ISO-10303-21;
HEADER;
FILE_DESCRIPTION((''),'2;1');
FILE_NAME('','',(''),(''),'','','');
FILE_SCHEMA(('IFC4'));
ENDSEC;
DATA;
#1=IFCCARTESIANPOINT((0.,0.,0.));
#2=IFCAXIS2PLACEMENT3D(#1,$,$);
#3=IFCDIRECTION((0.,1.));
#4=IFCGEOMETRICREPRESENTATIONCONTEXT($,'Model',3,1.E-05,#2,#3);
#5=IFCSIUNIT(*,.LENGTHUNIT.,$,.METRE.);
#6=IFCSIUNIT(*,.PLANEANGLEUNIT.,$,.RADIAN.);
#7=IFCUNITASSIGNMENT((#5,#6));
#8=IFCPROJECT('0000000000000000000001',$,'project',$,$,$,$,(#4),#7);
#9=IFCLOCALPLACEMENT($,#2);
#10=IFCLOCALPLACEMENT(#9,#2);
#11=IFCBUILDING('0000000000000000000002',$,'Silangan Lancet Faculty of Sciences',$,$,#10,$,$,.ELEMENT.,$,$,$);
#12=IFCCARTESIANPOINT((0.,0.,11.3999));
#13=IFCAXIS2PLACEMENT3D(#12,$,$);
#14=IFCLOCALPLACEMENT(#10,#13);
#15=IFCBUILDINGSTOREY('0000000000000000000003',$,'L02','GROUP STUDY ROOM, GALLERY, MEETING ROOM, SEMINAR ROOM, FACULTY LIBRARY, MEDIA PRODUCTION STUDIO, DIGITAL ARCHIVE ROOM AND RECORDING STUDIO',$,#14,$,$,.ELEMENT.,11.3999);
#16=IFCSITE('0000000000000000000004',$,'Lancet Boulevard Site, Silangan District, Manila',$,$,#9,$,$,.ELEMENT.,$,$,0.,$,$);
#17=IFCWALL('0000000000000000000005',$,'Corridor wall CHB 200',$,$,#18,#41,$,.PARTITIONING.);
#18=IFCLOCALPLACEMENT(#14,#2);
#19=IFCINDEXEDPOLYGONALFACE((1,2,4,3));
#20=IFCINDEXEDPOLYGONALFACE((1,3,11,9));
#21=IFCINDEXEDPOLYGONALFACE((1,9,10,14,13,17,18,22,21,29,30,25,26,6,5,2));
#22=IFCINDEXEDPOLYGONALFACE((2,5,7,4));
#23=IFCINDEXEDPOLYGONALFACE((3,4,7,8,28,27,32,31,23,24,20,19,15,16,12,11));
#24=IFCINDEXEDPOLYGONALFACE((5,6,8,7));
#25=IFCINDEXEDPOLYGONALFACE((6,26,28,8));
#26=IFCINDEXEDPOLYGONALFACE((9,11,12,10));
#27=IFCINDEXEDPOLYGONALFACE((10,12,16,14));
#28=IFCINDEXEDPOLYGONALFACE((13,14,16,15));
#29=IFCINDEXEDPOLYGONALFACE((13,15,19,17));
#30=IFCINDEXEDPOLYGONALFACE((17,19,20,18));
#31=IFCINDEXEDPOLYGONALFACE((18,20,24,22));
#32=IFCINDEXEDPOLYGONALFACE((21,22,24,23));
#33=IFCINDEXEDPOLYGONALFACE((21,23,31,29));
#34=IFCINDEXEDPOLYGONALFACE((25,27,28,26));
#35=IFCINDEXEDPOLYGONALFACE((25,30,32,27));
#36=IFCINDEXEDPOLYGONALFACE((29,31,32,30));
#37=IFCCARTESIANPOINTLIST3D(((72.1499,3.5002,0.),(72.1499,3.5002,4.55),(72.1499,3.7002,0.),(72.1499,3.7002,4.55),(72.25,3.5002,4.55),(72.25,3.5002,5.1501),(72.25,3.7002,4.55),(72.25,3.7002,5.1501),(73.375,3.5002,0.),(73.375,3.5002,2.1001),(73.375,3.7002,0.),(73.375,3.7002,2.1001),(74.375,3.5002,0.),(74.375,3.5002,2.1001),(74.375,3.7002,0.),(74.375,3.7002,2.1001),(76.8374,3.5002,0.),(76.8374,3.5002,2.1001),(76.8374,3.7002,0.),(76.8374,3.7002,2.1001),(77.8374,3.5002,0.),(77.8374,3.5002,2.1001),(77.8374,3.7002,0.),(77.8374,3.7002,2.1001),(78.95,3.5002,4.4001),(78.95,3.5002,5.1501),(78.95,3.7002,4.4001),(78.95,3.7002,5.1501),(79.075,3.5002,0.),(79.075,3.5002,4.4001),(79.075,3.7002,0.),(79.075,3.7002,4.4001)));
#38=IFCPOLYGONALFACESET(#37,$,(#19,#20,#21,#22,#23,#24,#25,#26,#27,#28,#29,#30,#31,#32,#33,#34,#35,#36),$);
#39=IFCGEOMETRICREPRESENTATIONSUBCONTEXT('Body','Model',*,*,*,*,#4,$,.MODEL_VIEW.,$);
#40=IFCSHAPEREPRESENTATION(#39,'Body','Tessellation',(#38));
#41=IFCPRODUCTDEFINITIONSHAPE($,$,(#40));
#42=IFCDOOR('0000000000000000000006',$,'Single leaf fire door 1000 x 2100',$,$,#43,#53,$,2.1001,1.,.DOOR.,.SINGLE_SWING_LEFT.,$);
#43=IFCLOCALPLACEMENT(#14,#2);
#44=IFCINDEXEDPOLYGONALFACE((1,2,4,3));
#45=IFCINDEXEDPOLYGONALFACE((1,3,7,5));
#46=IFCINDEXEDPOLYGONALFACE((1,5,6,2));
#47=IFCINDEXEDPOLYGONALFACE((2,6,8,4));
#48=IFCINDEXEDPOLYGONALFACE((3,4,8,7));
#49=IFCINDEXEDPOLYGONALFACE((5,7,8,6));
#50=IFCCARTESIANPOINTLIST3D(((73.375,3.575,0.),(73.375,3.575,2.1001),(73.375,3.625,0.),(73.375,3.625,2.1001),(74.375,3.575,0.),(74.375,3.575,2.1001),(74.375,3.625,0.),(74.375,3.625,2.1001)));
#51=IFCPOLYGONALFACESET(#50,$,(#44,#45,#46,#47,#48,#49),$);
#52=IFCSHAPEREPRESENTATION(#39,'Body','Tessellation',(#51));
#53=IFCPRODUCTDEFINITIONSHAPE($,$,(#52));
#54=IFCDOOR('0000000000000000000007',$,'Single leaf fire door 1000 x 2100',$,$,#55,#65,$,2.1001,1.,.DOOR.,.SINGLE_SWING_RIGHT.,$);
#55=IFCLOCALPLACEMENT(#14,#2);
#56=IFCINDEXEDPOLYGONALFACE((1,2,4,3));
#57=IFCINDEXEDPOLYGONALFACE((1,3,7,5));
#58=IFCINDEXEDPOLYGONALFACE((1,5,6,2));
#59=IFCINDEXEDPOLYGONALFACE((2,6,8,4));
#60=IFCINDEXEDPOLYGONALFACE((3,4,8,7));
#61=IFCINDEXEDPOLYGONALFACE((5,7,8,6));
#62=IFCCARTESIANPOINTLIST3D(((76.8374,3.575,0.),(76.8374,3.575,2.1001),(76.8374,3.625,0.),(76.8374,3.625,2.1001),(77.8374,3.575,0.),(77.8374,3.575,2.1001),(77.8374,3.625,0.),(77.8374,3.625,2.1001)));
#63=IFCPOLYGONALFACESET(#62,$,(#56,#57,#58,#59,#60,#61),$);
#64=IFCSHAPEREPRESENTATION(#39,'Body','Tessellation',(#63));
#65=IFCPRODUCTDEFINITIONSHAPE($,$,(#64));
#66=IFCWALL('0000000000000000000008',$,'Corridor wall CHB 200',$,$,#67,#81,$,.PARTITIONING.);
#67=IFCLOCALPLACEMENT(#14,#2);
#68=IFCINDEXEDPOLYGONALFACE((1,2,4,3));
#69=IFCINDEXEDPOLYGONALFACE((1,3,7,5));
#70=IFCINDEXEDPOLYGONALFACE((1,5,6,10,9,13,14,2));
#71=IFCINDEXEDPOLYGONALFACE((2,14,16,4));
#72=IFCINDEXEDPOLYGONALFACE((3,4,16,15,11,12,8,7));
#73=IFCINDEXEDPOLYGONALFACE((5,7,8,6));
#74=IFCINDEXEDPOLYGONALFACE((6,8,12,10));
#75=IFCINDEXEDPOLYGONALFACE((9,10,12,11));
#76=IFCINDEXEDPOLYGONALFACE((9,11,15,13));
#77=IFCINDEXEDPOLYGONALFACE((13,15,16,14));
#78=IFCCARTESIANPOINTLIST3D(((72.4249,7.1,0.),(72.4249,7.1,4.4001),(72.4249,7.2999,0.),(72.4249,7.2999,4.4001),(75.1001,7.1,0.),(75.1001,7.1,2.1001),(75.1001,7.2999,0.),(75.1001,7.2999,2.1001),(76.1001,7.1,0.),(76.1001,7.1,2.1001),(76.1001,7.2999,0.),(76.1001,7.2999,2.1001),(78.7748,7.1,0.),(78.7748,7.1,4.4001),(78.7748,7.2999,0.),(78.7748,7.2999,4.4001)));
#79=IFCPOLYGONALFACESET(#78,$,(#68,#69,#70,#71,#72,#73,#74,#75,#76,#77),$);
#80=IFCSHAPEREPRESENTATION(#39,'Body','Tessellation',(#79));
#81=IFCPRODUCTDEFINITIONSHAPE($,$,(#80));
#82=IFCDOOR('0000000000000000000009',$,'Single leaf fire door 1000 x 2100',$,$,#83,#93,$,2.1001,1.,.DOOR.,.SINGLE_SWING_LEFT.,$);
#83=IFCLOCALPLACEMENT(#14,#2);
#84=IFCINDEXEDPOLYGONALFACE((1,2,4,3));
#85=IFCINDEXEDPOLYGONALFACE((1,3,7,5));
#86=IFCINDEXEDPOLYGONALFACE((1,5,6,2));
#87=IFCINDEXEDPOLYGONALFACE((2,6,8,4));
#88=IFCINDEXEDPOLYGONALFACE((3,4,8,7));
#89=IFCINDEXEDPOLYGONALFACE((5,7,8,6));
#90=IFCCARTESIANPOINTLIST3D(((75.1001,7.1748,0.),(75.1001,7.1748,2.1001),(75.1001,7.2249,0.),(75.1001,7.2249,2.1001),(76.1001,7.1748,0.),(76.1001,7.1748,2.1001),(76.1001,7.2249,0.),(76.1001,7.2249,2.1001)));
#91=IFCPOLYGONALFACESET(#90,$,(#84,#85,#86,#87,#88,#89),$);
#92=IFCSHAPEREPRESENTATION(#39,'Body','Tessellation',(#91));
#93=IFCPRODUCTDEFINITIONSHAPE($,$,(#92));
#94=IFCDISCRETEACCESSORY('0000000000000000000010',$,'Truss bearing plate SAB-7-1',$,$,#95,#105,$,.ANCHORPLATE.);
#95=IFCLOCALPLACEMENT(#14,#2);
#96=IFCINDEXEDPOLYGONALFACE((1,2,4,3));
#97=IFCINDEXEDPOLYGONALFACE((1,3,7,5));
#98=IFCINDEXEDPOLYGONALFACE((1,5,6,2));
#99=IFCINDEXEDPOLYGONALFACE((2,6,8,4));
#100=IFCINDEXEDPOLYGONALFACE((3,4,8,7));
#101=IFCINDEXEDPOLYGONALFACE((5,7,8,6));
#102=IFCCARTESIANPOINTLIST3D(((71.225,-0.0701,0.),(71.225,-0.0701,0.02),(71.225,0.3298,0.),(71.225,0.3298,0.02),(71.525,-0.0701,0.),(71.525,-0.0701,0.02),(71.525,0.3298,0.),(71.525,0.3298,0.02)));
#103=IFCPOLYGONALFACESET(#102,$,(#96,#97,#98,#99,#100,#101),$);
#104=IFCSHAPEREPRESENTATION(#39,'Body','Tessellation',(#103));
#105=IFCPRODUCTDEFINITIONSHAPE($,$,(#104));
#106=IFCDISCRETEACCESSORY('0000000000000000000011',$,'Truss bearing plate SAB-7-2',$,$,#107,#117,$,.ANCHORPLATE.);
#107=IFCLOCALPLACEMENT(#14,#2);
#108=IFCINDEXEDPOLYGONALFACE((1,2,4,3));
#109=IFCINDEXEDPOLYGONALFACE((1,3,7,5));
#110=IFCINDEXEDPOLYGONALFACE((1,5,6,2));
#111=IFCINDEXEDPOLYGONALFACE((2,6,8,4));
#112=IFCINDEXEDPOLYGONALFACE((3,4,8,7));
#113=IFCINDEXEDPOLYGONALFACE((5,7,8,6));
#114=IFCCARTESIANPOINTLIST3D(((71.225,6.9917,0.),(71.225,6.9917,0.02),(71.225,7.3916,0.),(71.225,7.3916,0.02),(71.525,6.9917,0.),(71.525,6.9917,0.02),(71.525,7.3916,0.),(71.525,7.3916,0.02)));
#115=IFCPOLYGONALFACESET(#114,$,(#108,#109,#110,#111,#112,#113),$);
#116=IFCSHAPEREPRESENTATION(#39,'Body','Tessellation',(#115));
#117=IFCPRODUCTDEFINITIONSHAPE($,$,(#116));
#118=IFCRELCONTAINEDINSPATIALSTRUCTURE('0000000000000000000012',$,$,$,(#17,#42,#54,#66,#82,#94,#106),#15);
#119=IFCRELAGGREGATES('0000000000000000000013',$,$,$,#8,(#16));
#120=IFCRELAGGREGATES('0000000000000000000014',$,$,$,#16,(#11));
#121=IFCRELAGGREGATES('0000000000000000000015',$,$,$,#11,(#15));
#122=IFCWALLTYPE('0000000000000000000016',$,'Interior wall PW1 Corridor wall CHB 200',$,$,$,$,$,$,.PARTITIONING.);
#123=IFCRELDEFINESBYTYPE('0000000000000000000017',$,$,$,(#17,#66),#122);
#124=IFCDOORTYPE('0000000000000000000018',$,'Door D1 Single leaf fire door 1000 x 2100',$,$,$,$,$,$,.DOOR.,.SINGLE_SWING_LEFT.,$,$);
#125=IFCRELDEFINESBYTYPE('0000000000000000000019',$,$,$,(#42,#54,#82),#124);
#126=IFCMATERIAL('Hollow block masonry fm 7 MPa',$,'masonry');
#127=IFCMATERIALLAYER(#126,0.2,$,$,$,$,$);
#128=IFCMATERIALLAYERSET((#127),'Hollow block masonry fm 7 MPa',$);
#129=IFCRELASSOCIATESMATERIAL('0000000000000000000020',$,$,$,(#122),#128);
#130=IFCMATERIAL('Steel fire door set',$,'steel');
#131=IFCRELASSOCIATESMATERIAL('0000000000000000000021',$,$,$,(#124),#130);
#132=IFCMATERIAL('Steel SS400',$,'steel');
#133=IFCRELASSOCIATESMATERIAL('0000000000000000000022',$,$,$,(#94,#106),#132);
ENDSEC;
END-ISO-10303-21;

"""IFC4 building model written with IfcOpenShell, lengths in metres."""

from ifc_helpers import new_model, si_unit, direction, frame, frame_2d, origin, origin_2d, place, context, subcontext, project, spatial, polyline, rectangle, outline, extrude, material, layer, layer_set, type_object, element, fill, save


model = new_model("IFC4")

# Units and contexts
model_context = context("Model", 3, precision=1e-05, world=origin(), true_north=direction((0.0, 1.0)))
body_context = subcontext(model_context, "Body", "Model", "MODEL_VIEW")
ifc_project = project(units=[si_unit("LENGTHUNIT", "METRE"), si_unit("PLANEANGLEUNIT", "RADIAN")], contexts=[model_context])

# Site, building, storey
site_placement = place(None, origin())
site = spatial("IfcSite", under=ifc_project, at=site_placement, Name="Lancet Boulevard Site, Silangan District, Manila", CompositionType="ELEMENT", RefElevation=0.0)
building_placement = place(site_placement, origin())
building = spatial("IfcBuilding", under=site, at=building_placement, Name="Silangan Lancet Faculty of Sciences", CompositionType="ELEMENT")
storey_placement = place(building_placement, frame((0.0, 0.0, 11.3999)))
storey = spatial("IfcBuildingStorey", under=building, at=storey_placement, Name="L02", Description="GROUP STUDY ROOM, GALLERY, MEETING ROOM, SEMINAR ROOM, FACULTY LIBRARY, MEDIA PRODUCTION STUDIO, DIGITAL ARCHIVE ROOM AND RECORDING STUDIO", CompositionType="ELEMENT", Elevation=11.3999)

# Wall, openings, doors
ifc_material_1 = material(Name="Hollow block masonry fm 7 MPa", Category="masonry")
ifc_layer_1 = layer(ifc_material_1, 0.2)
ifc_layer_set_1 = layer_set([ifc_layer_1], Name="Hollow block masonry fm 7 MPa")
wall_type_1 = type_object("IfcWallType", Name="Interior wall PW1 Corridor wall CHB 200", PredefinedType="PARTITIONING", material=ifc_layer_set_1)
wall_1_placement = place(storey_placement, frame((72.1499, 3.6001, 0.0), z_axis=(0.0, 0.0, 1.0), x_axis=(1.0, 0.0, 0.0)))
wall_1 = element("IfcWall", 1, at=wall_1_placement, inside=storey, type_object=wall_type_1, Name="Corridor wall CHB 200", PredefinedType="PARTITIONING", context=body_context, shape_type="SweptSolid", body=[
    extrude(outline(polyline([(0.0, 0.0), (6.925, 0.0), (6.925, 4.4001), (6.8, 4.4001), (6.8, 5.1501), (0.1001, 5.1501), (0.1001, 4.55), (0.0, 4.55), (0.0, 0.0)])), frame((0.0, 0.1001, 0.0), z_axis=(0.0, -1.0, 0.0), x_axis=(1.0, 0.0, 0.0)), (0.0, 0.0, 1.0), 0.2),
])
opening_1_placement = place(wall_1_placement, frame((1.2251, 0.0, 0.0)))
opening_1 = element("IfcOpeningElement", 2, at=opening_1_placement, cuts=wall_1, PredefinedType="OPENING", context=body_context, shape_type="SweptSolid", body=[
    extrude(rectangle(XDim=1.0, YDim=2.1001, at=frame_2d((0.5, 1.05))), frame((0.0, 0.1099, 0.0), z_axis=(0.0, -1.0, 0.0), x_axis=(1.0, 0.0, 0.0)), (0.0, 0.0, 1.0), 0.22),
])
opening_2_placement = place(wall_1_placement, frame((4.6875, 0.0, 0.0)))
opening_2 = element("IfcOpeningElement", 3, at=opening_2_placement, cuts=wall_1, PredefinedType="OPENING", context=body_context, shape_type="SweptSolid", body=[
    extrude(rectangle(XDim=1.0, YDim=2.1001, at=frame_2d((0.5, 1.05))), frame((0.0, 0.1099, 0.0), z_axis=(0.0, -1.0, 0.0), x_axis=(1.0, 0.0, 0.0)), (0.0, 0.0, 1.0), 0.22),
])
ifc_material_2 = material(Name="Steel fire door set", Category="steel")
door_type = type_object("IfcDoorType", Name="Door D1 Single leaf fire door 1000 x 2100", OperationType="SINGLE_SWING_LEFT", PredefinedType="DOOR", material=ifc_material_2)
door_1_placement = place(opening_1_placement, frame((1.0, 0.0, 0.0), z_axis=(0.0, 0.0, 1.0), x_axis=(-1.0, 0.0, 0.0)))
door_1 = element("IfcDoor", 4, at=door_1_placement, inside=storey, type_object=door_type, Name="Single leaf fire door 1000 x 2100", OperationType="SINGLE_SWING_LEFT", OverallHeight=2.1001, OverallWidth=1.0, PredefinedType="DOOR", context=body_context, shape_type="SweptSolid", body=[
    extrude(rectangle(XDim=1.0, YDim=2.1001, at=frame_2d((0.5, 1.05))), frame((0.0, 0.0251, 0.0), z_axis=(0.0, -1.0, 0.0), x_axis=(1.0, 0.0, 0.0)), (0.0, 0.0, 1.0), 0.05),
])
fill(opening_1, door_1)
door_2_placement = place(opening_2_placement, frame((1.0, 0.0, 0.0), z_axis=(0.0, 0.0, 1.0), x_axis=(-1.0, 0.0, 0.0)))
door_2 = element("IfcDoor", 5, at=door_2_placement, inside=storey, type_object=door_type, Name="Single leaf fire door 1000 x 2100", OperationType="SINGLE_SWING_RIGHT", OverallHeight=2.1001, OverallWidth=1.0, PredefinedType="DOOR", context=body_context, shape_type="SweptSolid", body=[
    extrude(rectangle(XDim=1.0, YDim=2.1001, at=frame_2d((0.5, 1.05))), frame((0.0, 0.0251, 0.0), z_axis=(0.0, -1.0, 0.0), x_axis=(1.0, 0.0, 0.0)), (0.0, 0.0, 1.0), 0.05),
])
fill(opening_2, door_2)

# Wall, opening, door
wall_2_placement = place(storey_placement, frame((72.425, 7.2, 0.0), z_axis=(0.0, 0.0, 1.0), x_axis=(1.0, 0.0, 0.0)))
wall_2 = element("IfcWall", 6, at=wall_2_placement, inside=storey, type_object=wall_type_1, Name="Corridor wall CHB 200", PredefinedType="PARTITIONING", context=body_context, shape_type="SweptSolid", body=[
    extrude(rectangle(XDim=6.3499, YDim=0.2, at=frame_2d((3.1748, 0.0))), origin(), (0.0, 0.0, 1.0), 4.4001),
])
opening_3_placement = place(wall_2_placement, frame((2.675, 0.0, 0.0)))
opening_3 = element("IfcOpeningElement", 7, at=opening_3_placement, cuts=wall_2, PredefinedType="OPENING", context=body_context, shape_type="SweptSolid", body=[
    extrude(rectangle(XDim=1.0, YDim=2.1001, at=frame_2d((0.5, 1.05))), frame((0.0, 0.1099, 0.0), z_axis=(0.0, -1.0, 0.0), x_axis=(1.0, 0.0, 0.0)), (0.0, 0.0, 1.0), 0.22),
])
door_3_placement = place(opening_3_placement, frame((1.0, 0.0, 0.0), z_axis=(0.0, 0.0, 1.0), x_axis=(-1.0, 0.0, 0.0)))
door_3 = element("IfcDoor", 8, at=door_3_placement, inside=storey, type_object=door_type, Name="Single leaf fire door 1000 x 2100", OperationType="SINGLE_SWING_LEFT", OverallHeight=2.1001, OverallWidth=1.0, PredefinedType="DOOR", context=body_context, shape_type="SweptSolid", body=[
    extrude(rectangle(XDim=1.0, YDim=2.1001, at=frame_2d((0.5, 1.05))), frame((0.0, 0.0251, 0.0), z_axis=(0.0, -1.0, 0.0), x_axis=(1.0, 0.0, 0.0)), (0.0, 0.0, 1.0), 0.05),
])
fill(opening_3, door_3)

# Discrete accessories
ifc_material_3 = material(Name="Steel SS400", Category="steel")
for number, where, z_axis, x_axis, name in (
    (9, (71.375, 0.1299, 0.0), (0.0, 0.0, 1.0), (1.0, 0.0, 0.0), "Truss bearing plate SAB-7-1"),
    (10, (71.375, 7.1917, 0.0), (0.0, 0.0, 1.0), (1.0, 0.0, 0.0), "Truss bearing plate SAB-7-2"),
):
    element("IfcDiscreteAccessory", number, at=place(storey_placement, frame(where, z_axis=z_axis, x_axis=x_axis)), inside=storey, material=ifc_material_3, Name=name, PredefinedType="ANCHORPLATE", context=body_context, shape_type="SweptSolid", body=[
        extrude(rectangle(XDim=0.3, YDim=0.3999, at=origin_2d()), origin(), (0.0, 0.0, 1.0), 0.02),
    ])

save(model, "model.ifc")
